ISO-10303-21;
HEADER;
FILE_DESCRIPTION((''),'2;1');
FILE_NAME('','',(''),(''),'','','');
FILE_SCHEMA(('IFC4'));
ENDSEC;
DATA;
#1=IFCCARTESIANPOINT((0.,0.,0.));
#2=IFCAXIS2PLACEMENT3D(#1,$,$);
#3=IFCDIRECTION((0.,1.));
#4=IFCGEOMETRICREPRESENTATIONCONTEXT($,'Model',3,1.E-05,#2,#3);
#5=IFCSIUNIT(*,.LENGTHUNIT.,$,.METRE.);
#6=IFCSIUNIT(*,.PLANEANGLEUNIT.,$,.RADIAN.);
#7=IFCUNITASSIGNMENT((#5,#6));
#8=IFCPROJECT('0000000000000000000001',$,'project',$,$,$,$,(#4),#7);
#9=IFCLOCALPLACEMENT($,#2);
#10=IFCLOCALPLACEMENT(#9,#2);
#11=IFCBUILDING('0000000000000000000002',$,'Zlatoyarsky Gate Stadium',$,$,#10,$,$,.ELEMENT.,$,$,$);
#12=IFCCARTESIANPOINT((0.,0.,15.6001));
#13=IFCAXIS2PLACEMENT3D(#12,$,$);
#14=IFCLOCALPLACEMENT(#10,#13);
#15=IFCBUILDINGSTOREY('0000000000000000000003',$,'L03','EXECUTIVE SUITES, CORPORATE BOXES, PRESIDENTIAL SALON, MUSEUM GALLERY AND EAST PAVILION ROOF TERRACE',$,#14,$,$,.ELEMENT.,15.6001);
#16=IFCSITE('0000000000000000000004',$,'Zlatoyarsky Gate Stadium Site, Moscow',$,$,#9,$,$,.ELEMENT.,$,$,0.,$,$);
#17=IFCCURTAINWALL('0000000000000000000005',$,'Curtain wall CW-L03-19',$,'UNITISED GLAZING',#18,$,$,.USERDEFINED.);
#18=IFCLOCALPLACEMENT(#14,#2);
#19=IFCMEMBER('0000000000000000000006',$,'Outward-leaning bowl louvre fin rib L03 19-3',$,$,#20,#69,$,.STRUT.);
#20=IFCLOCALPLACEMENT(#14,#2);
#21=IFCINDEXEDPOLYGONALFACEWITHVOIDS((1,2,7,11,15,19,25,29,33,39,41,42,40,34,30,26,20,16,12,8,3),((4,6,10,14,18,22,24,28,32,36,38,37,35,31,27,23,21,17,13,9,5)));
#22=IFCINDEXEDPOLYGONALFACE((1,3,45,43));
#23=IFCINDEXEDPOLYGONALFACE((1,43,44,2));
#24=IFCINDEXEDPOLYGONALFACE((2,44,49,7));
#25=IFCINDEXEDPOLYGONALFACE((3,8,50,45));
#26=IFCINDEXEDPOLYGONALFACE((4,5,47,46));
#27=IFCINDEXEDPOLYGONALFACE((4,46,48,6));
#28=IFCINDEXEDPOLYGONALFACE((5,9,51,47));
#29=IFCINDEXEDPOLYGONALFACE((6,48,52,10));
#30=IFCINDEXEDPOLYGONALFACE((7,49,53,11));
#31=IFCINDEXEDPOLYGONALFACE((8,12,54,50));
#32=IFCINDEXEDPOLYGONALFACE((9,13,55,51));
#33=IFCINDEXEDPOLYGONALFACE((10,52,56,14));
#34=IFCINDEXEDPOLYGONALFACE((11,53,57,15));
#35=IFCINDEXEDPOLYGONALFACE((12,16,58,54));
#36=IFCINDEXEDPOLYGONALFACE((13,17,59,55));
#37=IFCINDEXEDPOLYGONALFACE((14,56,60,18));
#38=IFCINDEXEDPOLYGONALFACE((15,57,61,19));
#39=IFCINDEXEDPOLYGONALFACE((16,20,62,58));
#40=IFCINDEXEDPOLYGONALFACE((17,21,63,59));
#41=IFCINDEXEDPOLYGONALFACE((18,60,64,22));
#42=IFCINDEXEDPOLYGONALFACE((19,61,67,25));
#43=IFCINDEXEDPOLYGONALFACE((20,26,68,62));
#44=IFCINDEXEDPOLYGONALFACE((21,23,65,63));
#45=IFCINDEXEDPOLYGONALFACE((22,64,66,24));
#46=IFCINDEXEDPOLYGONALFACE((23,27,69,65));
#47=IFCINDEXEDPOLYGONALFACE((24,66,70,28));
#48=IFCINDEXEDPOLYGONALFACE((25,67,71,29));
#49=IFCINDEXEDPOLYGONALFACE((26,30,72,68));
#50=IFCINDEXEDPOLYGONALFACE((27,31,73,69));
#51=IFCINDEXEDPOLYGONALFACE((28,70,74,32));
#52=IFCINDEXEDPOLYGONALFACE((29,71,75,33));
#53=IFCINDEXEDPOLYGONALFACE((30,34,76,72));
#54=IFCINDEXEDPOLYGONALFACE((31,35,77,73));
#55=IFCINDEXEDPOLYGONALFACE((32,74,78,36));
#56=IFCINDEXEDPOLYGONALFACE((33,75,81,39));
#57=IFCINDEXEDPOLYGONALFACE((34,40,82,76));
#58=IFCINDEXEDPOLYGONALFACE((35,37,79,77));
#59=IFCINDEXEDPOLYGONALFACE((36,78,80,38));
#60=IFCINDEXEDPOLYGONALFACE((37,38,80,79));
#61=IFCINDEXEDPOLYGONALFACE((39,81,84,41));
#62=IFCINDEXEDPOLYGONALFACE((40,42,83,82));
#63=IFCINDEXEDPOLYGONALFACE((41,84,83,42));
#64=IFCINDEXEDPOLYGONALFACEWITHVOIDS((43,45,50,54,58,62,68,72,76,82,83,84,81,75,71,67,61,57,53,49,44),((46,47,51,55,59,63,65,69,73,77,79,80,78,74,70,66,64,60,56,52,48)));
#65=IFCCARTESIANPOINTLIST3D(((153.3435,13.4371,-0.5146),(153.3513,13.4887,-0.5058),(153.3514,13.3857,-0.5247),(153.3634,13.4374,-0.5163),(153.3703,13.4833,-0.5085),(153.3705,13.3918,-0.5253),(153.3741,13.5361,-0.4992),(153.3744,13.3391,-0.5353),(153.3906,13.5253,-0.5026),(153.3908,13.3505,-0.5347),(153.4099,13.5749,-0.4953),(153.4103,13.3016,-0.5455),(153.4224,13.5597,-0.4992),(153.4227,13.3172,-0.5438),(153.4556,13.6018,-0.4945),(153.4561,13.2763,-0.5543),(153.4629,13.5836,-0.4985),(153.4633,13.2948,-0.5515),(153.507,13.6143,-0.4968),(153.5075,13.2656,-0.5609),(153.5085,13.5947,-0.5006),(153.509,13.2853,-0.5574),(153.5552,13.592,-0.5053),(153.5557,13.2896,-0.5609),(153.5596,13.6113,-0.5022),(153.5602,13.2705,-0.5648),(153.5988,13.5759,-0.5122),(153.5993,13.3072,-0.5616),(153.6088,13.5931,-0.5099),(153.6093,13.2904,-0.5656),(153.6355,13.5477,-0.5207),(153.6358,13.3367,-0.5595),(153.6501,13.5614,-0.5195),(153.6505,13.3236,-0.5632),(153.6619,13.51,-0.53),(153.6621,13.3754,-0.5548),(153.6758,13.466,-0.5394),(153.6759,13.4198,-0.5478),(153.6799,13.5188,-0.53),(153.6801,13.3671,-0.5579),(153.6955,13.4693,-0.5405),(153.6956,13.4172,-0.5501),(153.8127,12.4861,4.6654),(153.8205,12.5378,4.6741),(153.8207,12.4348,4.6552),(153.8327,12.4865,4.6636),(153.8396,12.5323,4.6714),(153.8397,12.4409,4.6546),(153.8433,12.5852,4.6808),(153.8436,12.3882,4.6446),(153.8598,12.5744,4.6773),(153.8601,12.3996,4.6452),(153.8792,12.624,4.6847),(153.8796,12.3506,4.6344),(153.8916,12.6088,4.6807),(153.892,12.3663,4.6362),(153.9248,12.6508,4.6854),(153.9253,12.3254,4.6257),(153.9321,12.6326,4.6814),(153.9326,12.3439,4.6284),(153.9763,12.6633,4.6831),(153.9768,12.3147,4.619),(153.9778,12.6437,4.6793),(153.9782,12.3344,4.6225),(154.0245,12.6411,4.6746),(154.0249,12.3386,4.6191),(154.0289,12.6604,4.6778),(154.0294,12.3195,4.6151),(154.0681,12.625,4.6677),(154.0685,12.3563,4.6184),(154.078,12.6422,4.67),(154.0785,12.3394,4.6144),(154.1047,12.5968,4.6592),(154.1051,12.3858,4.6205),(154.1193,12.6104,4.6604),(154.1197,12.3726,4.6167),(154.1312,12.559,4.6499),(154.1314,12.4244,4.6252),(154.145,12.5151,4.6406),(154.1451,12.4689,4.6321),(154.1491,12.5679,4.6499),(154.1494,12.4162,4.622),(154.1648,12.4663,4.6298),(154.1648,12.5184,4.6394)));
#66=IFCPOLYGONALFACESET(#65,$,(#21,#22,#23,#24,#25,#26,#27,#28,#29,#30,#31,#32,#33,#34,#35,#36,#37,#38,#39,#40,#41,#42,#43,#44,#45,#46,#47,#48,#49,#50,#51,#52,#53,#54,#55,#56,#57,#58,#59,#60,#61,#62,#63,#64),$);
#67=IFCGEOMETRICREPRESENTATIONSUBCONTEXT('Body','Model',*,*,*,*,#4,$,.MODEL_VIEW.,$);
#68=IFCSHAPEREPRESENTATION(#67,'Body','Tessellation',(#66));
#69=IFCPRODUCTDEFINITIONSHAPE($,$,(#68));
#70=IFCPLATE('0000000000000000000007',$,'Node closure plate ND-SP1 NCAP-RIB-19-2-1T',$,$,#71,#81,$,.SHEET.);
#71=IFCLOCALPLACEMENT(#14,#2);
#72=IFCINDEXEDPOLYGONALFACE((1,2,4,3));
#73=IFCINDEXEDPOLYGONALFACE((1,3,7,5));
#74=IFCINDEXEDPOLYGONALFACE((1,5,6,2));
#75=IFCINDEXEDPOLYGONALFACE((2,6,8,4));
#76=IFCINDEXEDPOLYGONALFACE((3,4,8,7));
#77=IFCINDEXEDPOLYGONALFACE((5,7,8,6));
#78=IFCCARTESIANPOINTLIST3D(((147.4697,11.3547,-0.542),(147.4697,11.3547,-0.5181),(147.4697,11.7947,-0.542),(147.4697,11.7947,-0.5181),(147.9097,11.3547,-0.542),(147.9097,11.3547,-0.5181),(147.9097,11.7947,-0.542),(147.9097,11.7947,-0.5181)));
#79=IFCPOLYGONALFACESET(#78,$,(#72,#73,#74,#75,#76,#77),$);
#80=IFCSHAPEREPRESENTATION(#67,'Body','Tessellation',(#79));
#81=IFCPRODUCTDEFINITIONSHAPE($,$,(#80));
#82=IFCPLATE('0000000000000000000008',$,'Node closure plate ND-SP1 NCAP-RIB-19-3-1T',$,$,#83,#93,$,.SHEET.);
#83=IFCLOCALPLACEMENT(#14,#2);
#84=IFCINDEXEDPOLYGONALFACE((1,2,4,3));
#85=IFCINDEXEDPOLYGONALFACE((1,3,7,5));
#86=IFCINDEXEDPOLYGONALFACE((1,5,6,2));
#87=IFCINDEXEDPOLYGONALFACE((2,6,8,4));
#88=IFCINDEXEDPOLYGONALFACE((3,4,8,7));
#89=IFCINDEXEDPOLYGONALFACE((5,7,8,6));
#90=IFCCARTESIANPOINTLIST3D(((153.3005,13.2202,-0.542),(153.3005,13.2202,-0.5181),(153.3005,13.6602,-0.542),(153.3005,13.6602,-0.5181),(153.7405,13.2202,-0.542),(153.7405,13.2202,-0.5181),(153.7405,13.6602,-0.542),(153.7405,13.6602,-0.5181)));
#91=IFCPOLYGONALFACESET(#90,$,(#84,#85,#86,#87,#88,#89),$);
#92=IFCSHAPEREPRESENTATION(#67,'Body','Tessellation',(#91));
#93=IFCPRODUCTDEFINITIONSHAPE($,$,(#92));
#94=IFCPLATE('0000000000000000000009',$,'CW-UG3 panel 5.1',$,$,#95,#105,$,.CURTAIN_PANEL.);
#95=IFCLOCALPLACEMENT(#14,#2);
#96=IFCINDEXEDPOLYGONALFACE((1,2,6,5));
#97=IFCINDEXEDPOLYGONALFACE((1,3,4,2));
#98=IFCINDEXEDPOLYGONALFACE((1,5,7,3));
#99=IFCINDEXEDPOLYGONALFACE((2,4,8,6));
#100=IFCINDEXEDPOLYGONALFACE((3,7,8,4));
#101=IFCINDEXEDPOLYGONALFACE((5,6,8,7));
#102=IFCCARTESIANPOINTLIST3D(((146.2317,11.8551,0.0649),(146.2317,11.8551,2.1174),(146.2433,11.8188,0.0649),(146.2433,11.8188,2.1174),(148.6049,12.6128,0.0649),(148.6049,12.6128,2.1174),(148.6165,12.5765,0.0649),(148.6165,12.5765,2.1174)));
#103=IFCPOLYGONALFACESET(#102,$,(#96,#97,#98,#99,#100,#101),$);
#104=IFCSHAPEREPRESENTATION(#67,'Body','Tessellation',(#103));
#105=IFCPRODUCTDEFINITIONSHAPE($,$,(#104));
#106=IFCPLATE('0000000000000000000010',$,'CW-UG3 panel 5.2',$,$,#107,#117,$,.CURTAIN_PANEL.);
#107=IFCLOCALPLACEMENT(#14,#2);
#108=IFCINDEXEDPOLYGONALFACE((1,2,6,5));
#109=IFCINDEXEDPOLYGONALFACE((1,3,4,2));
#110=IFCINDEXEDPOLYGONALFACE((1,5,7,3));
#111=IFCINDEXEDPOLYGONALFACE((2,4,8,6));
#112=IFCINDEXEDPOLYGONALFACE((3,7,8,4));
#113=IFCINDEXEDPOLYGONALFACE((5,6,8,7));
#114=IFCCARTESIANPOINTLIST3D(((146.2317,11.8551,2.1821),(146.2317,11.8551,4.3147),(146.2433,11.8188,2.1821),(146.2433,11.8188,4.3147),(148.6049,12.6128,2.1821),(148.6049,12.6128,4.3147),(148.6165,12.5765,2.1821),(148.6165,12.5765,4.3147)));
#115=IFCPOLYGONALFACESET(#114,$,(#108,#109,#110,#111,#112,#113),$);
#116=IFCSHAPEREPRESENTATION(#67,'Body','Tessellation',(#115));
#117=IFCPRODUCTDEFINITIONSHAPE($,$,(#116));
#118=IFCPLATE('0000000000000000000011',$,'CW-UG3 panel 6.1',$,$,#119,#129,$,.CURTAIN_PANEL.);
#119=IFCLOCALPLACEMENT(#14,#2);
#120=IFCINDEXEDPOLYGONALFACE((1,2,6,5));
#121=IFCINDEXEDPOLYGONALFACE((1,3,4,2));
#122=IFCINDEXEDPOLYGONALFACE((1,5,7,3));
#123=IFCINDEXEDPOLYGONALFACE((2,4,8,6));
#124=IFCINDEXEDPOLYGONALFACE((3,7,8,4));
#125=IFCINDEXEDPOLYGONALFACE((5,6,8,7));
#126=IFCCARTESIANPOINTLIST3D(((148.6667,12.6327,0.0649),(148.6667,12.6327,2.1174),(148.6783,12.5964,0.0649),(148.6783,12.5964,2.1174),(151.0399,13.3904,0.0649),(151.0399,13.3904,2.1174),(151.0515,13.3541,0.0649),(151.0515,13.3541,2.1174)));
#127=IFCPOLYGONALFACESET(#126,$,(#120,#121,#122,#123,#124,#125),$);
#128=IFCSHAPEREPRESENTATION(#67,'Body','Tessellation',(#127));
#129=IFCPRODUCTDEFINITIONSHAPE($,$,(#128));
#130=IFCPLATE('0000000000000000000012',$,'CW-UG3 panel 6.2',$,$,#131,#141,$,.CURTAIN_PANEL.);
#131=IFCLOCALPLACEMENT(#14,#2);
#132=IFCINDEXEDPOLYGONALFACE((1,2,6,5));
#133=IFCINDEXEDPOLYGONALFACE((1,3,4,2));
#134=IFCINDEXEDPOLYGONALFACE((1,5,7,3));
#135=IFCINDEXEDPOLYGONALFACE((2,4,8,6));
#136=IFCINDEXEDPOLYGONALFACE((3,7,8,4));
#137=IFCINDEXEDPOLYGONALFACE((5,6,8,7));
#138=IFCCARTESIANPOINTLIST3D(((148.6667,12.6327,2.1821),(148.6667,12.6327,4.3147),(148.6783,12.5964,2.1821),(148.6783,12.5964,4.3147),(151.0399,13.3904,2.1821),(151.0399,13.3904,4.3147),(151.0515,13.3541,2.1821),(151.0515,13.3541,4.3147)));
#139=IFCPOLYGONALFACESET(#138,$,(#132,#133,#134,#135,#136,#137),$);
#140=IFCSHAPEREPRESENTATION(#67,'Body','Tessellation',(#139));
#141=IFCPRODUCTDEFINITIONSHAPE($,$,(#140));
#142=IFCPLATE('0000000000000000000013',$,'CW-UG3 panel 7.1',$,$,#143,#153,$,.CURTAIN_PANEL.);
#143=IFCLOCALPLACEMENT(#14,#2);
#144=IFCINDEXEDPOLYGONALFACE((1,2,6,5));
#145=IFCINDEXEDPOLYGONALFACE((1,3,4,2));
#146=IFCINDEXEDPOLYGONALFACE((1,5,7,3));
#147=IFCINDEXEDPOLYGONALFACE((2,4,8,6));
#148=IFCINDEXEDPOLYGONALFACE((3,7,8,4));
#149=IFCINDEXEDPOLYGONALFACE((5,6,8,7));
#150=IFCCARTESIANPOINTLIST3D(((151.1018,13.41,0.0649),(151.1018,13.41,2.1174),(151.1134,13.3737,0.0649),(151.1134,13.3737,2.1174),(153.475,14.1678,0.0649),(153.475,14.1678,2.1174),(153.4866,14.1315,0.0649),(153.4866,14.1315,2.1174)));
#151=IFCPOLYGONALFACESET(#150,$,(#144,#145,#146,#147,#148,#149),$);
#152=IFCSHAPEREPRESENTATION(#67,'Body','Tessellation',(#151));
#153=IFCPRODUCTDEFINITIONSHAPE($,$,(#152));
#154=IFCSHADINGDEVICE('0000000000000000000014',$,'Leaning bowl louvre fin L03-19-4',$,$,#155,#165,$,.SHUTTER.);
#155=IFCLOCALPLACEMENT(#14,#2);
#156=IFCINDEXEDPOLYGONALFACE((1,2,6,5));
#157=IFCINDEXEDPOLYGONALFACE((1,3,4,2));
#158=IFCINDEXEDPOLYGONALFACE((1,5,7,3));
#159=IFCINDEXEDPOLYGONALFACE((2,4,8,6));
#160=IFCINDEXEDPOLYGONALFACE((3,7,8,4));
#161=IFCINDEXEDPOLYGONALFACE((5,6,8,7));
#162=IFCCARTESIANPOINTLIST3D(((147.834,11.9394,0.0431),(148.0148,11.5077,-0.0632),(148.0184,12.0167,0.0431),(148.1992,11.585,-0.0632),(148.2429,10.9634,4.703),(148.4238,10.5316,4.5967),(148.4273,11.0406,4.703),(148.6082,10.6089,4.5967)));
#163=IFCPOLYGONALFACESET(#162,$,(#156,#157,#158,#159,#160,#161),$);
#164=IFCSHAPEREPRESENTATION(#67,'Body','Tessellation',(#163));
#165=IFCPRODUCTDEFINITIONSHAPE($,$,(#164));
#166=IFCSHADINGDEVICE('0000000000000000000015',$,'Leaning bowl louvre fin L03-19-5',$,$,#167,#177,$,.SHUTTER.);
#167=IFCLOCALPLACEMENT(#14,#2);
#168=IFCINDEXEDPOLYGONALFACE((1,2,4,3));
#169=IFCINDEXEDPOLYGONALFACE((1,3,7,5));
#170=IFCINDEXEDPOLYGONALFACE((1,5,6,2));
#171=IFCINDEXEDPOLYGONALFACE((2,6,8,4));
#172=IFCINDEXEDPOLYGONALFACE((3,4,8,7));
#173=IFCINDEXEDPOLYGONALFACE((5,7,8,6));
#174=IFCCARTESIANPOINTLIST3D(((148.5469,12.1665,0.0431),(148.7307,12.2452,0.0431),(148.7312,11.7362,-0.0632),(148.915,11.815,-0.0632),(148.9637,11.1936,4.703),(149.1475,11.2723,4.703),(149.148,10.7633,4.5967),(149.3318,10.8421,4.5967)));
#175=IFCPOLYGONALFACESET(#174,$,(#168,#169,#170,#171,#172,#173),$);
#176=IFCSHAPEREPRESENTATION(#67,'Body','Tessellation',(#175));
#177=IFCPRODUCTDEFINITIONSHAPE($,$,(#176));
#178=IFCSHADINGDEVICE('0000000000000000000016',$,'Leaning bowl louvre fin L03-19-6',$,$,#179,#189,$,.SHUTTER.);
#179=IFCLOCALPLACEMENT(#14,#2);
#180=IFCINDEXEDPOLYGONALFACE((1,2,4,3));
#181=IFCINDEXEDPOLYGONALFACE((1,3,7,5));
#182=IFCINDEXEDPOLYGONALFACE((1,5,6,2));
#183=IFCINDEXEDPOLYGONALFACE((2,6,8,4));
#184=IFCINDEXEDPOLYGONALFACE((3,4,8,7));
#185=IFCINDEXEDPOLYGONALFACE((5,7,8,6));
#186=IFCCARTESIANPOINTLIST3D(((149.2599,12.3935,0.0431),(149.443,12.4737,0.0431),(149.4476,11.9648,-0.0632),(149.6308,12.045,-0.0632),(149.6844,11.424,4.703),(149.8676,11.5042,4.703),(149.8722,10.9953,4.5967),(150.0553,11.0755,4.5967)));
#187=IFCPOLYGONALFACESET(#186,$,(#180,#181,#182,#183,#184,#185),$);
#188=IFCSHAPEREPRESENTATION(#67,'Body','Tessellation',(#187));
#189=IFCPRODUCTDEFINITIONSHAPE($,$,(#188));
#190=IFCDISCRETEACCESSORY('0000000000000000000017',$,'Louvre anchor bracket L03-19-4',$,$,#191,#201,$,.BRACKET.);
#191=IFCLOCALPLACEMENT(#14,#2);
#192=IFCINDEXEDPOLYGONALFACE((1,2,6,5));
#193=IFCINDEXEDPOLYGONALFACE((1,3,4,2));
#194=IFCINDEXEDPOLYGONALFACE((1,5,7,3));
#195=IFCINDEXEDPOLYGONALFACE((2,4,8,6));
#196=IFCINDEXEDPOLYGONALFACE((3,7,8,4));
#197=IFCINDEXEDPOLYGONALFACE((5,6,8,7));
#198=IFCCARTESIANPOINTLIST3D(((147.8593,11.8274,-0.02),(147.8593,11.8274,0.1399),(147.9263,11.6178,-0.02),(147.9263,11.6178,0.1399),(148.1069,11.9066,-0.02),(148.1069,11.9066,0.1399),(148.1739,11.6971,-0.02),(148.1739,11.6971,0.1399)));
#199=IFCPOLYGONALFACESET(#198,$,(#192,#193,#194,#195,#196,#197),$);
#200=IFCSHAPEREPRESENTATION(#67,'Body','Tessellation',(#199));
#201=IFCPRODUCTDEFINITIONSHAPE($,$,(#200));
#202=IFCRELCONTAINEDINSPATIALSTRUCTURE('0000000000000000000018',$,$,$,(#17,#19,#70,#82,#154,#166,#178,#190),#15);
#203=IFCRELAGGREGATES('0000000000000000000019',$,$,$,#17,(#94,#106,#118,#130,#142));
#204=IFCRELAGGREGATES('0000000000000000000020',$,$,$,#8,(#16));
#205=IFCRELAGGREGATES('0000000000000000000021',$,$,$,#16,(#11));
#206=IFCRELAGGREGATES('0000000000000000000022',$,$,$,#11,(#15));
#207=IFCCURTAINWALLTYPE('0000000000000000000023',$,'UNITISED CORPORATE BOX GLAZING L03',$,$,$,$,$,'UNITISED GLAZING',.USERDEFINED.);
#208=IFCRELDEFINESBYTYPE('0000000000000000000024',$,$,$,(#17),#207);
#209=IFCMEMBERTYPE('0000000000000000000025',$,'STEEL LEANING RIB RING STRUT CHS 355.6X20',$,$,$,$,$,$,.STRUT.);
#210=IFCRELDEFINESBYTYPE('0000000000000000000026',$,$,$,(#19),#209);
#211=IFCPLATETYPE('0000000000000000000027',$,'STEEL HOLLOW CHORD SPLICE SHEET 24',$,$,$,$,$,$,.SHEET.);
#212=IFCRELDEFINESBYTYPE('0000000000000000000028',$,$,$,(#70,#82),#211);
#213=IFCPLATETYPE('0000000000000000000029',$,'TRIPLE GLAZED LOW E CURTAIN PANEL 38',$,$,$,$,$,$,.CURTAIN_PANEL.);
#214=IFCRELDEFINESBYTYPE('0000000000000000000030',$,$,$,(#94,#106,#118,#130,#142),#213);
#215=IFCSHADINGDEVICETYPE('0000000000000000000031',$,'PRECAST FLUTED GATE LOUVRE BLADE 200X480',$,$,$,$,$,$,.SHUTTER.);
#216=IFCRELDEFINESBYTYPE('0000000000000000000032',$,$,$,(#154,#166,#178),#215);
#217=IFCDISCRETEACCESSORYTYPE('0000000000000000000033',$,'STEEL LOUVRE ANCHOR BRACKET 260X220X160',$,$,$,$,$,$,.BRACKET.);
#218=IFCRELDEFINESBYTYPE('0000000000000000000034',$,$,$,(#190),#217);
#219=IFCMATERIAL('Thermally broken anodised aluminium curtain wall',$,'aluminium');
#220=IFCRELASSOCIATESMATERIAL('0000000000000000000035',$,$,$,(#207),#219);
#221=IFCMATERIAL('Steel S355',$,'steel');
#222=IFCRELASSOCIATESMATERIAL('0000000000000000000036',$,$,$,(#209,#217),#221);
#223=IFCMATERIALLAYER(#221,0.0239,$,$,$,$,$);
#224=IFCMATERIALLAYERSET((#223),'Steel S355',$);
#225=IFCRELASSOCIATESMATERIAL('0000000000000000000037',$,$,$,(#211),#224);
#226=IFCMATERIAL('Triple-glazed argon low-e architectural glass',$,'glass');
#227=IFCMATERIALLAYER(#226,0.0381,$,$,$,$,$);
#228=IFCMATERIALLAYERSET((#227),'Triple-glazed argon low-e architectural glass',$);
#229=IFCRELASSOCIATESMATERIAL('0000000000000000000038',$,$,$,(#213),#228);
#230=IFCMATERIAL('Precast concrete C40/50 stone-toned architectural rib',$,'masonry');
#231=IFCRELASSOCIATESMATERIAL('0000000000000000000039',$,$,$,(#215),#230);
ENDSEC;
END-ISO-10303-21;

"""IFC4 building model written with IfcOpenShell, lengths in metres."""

from ifc_helpers import new_model, si_unit, direction, frame, origin, origin_2d, place, context, subcontext, project, spatial, rectangle, hollow_circle, extrude, material, layer, layer_set, material_profile, profile_set, type_object, element, aggregate, save


model = new_model("IFC4")

# Units and contexts
model_context = context("Model", 3, precision=1e-05, world=origin(), true_north=direction((0.0, 1.0)))
body_context = subcontext(model_context, "Body", "Model", "MODEL_VIEW")
ifc_project = project(units=[si_unit("LENGTHUNIT", "METRE"), si_unit("PLANEANGLEUNIT", "RADIAN")], contexts=[model_context])

# Site, building, storey
site_placement = place(None, origin())
site = spatial("IfcSite", under=ifc_project, at=site_placement, Name="Zlatoyarsky Gate Stadium Site, Moscow", CompositionType="ELEMENT", RefElevation=0.0)
building_placement = place(site_placement, origin())
building = spatial("IfcBuilding", under=site, at=building_placement, Name="Zlatoyarsky Gate Stadium", CompositionType="ELEMENT")
storey_placement = place(building_placement, frame((0.0, 0.0, 15.6001)))
storey = spatial("IfcBuildingStorey", under=building, at=storey_placement, Name="L03", Description="EXECUTIVE SUITES, CORPORATE BOXES, PRESIDENTIAL SALON, MUSEUM GALLERY AND EAST PAVILION ROOF TERRACE", CompositionType="ELEMENT", Elevation=15.6001)

# Curtain wall
ifc_material_1 = material(Name="Thermally broken anodised aluminium curtain wall", Category="aluminium")
curtain_wall_type = type_object("IfcCurtainWallType", Name="UNITISED CORPORATE BOX GLAZING L03", ElementType="UNITISED GLAZING", PredefinedType="USERDEFINED", material=ifc_material_1)
curtain_wall_placement = place(storey_placement, origin())
curtain_wall = element("IfcCurtainWall", 1, at=curtain_wall_placement, inside=storey, type_object=curtain_wall_type, Name="Curtain wall CW-L03-19", ObjectType="UNITISED GLAZING", PredefinedType="USERDEFINED")

# Member
ifc_material_2 = material(Name="Steel S355", Category="steel")
ifc_material_profile_1 = material_profile(ifc_material_2, hollow_circle(Radius=0.1777, WallThickness=0.02, at=origin_2d()), Name="CHS 355.6X20")
ifc_profile_set_1 = profile_set([ifc_material_profile_1], Name="Steel S355")
member_type_1 = type_object("IfcMemberType", Name="STEEL LEANING RIB RING STRUT CHS 355.6X20", PredefinedType="STRUT", material=ifc_profile_set_1)
member_1_placement = place(storey_placement, frame((153.5205, 13.4402, -0.53), z_axis=(0.088747, -0.179849, 0.979683), x_axis=(0.896763, 0.442511, 0.0)))
element("IfcMember", 2, at=member_1_placement, inside=storey, type_object=member_type_1, Name="Outward-leaning bowl louvre fin rib L03 19-3", PredefinedType="STRUT", context=body_context, shape_type="SweptSolid", body=[
    extrude(hollow_circle(Radius=0.1777, WallThickness=0.02, at=origin_2d()), origin(), (0.0, 0.0, 1.0), 5.2874),
])

# Plates
ifc_layer_1 = layer(ifc_material_2, 0.0239)
ifc_layer_set_1 = layer_set([ifc_layer_1], Name="Steel S355")
plate_type_1 = type_object("IfcPlateType", Name="STEEL HOLLOW CHORD SPLICE SHEET 24", PredefinedType="SHEET", material=ifc_layer_set_1)
for number, where, z_axis, x_axis, name in (
    (3, (147.6897, 11.5747, -0.542), (0.0, 0.0, 1.0), (1.0, 0.0, 0.0), "Node closure plate ND-SP1 NCAP-RIB-19-2-1T"),
    (4, (153.5205, 13.4402, -0.542), (0.0, 0.0, 1.0), (1.0, 0.0, 0.0), "Node closure plate ND-SP1 NCAP-RIB-19-3-1T"),
):
    element("IfcPlate", number, at=place(storey_placement, frame(where, z_axis=z_axis, x_axis=x_axis)), inside=storey, type_object=plate_type_1, Name=name, PredefinedType="SHEET", context=body_context, shape_type="SweptSolid", body=[
        extrude(rectangle(XDim=0.4399, YDim=0.4399, at=origin_2d()), origin(), (0.0, 0.0, 1.0), 0.0239),
    ])

# Plates
ifc_material_3 = material(Name="Triple-glazed argon low-e architectural glass", Category="glass")
ifc_layer_2 = layer(ifc_material_3, 0.0381)
ifc_layer_set_2 = layer_set([ifc_layer_2], Name="Triple-glazed argon low-e architectural glass")
plate_type_2 = type_object("IfcPlateType", Name="TRIPLE GLAZED LOW E CURTAIN PANEL 38", PredefinedType="CURTAIN_PANEL", material=ifc_layer_set_2)
plate_1_placement = place(storey_placement, frame((147.4241, 12.2158, 0.0649), z_axis=(0.0, 0.0, 1.0), x_axis=(0.95262, 0.304162, 0.0)))
plate_1 = element("IfcPlate", 5, at=plate_1_placement, type_object=plate_type_2, Name="CW-UG3 panel 5.1", PredefinedType="CURTAIN_PANEL", context=body_context, shape_type="SweptSolid", body=[
    extrude(rectangle(XDim=2.4912, YDim=0.0381, at=origin_2d()), origin(), (0.0, 0.0, 1.0), 2.0525),
])
plate_2_placement = place(storey_placement, frame((147.4241, 12.2158, 2.1821), z_axis=(0.0, 0.0, 1.0), x_axis=(0.95262, 0.304162, 0.0)))
plate_2 = element("IfcPlate", 6, at=plate_2_placement, type_object=plate_type_2, Name="CW-UG3 panel 5.2", PredefinedType="CURTAIN_PANEL", context=body_context, shape_type="SweptSolid", body=[
    extrude(rectangle(XDim=2.4912, YDim=0.0381, at=origin_2d()), origin(), (0.0, 0.0, 1.0), 2.1326),
])
plate_3_placement = place(storey_placement, frame((149.8591, 12.9934, 0.0649), z_axis=(0.0, 0.0, 1.0), x_axis=(0.95262, 0.304162, 0.0)))
plate_3 = element("IfcPlate", 7, at=plate_3_placement, type_object=plate_type_2, Name="CW-UG3 panel 6.1", PredefinedType="CURTAIN_PANEL", context=body_context, shape_type="SweptSolid", body=[
    extrude(rectangle(XDim=2.4912, YDim=0.0381, at=origin_2d()), origin(), (0.0, 0.0, 1.0), 2.0525),
])
plate_4_placement = place(storey_placement, frame((149.8591, 12.9934, 2.1821), z_axis=(0.0, 0.0, 1.0), x_axis=(0.95262, 0.304162, 0.0)))
plate_4 = element("IfcPlate", 8, at=plate_4_placement, type_object=plate_type_2, Name="CW-UG3 panel 6.2", PredefinedType="CURTAIN_PANEL", context=body_context, shape_type="SweptSolid", body=[
    extrude(rectangle(XDim=2.4912, YDim=0.0381, at=origin_2d()), origin(), (0.0, 0.0, 1.0), 2.1326),
])
plate_5_placement = place(storey_placement, frame((152.2942, 13.7708, 0.0649), z_axis=(0.0, 0.0, 1.0), x_axis=(0.95262, 0.304162, 0.0)))
plate_5 = element("IfcPlate", 9, at=plate_5_placement, type_object=plate_type_2, Name="CW-UG3 panel 7.1", PredefinedType="CURTAIN_PANEL", context=body_context, shape_type="SweptSolid", body=[
    extrude(rectangle(XDim=2.4912, YDim=0.0381, at=origin_2d()), origin(), (0.0, 0.0, 1.0), 2.0525),
])
aggregate(curtain_wall, [plate_1, plate_2, plate_3, plate_4, plate_5])

# Shading devices
ifc_material_4 = material(Name="Precast concrete C40/50 stone-toned architectural rib", Category="masonry")
ifc_material_profile_2 = material_profile(ifc_material_4, rectangle(XDim=0.2, YDim=0.48, at=origin_2d()), Name="RIB 200X480")
ifc_profile_set_2 = profile_set([ifc_material_profile_2], Name="Precast concrete C40/50 stone-toned architectural rib")
shading_device_type = type_object("IfcShadingDeviceType", Name="PRECAST FLUTED GATE LOUVRE BLADE 200X480", PredefinedType="SHUTTER", material=ifc_profile_set_2)
for number, where, z_axis, x_axis, name in (
    (10, (148.0166, 11.7622, -0.01), (0.085577, -0.204261, 0.975169), (0.922324, 0.386417, 0.0), "Leaning bowl louvre fin L03-19-4"),
    (11, (148.731, 11.9907, -0.01), (0.087211, -0.203595, 0.975163), (0.919217, 0.393752, 0.0), "Leaning bowl louvre fin L03-19-5"),
    (12, (149.4453, 12.2192, -0.01), (0.088846, -0.20288, 0.975165), (0.916014, 0.401146, 0.0), "Leaning bowl louvre fin L03-19-6"),
):
    element("IfcShadingDevice", number, at=place(storey_placement, frame(where, z_axis=z_axis, x_axis=x_axis)), inside=storey, type_object=shading_device_type, Name=name, PredefinedType="SHUTTER", context=body_context, shape_type="SweptSolid", body=[
        extrude(rectangle(XDim=0.2, YDim=0.48, at=origin_2d()), origin(), (0.0, 0.0, 1.0), 4.7786),
    ])

# Discrete accessory
discrete_accessory_type = type_object("IfcDiscreteAccessoryType", Name="STEEL LOUVRE ANCHOR BRACKET 260X220X160", PredefinedType="BRACKET", material=ifc_material_2)
for number, where, z_axis, x_axis, name in (
    (13, (148.0166, 11.7622, -0.02), (0.0, 0.0, 1.0), (0.952451, 0.304691, 0.0), "Louvre anchor bracket L03-19-4"),
):
    element("IfcDiscreteAccessory", number, at=place(storey_placement, frame(where, z_axis=z_axis, x_axis=x_axis)), inside=storey, type_object=discrete_accessory_type, Name=name, PredefinedType="BRACKET", context=body_context, shape_type="SweptSolid", body=[
        extrude(rectangle(XDim=0.26, YDim=0.22, at=origin_2d()), origin(), (0.0, 0.0, 1.0), 0.1599),
    ])

save(model, "model.ifc")
